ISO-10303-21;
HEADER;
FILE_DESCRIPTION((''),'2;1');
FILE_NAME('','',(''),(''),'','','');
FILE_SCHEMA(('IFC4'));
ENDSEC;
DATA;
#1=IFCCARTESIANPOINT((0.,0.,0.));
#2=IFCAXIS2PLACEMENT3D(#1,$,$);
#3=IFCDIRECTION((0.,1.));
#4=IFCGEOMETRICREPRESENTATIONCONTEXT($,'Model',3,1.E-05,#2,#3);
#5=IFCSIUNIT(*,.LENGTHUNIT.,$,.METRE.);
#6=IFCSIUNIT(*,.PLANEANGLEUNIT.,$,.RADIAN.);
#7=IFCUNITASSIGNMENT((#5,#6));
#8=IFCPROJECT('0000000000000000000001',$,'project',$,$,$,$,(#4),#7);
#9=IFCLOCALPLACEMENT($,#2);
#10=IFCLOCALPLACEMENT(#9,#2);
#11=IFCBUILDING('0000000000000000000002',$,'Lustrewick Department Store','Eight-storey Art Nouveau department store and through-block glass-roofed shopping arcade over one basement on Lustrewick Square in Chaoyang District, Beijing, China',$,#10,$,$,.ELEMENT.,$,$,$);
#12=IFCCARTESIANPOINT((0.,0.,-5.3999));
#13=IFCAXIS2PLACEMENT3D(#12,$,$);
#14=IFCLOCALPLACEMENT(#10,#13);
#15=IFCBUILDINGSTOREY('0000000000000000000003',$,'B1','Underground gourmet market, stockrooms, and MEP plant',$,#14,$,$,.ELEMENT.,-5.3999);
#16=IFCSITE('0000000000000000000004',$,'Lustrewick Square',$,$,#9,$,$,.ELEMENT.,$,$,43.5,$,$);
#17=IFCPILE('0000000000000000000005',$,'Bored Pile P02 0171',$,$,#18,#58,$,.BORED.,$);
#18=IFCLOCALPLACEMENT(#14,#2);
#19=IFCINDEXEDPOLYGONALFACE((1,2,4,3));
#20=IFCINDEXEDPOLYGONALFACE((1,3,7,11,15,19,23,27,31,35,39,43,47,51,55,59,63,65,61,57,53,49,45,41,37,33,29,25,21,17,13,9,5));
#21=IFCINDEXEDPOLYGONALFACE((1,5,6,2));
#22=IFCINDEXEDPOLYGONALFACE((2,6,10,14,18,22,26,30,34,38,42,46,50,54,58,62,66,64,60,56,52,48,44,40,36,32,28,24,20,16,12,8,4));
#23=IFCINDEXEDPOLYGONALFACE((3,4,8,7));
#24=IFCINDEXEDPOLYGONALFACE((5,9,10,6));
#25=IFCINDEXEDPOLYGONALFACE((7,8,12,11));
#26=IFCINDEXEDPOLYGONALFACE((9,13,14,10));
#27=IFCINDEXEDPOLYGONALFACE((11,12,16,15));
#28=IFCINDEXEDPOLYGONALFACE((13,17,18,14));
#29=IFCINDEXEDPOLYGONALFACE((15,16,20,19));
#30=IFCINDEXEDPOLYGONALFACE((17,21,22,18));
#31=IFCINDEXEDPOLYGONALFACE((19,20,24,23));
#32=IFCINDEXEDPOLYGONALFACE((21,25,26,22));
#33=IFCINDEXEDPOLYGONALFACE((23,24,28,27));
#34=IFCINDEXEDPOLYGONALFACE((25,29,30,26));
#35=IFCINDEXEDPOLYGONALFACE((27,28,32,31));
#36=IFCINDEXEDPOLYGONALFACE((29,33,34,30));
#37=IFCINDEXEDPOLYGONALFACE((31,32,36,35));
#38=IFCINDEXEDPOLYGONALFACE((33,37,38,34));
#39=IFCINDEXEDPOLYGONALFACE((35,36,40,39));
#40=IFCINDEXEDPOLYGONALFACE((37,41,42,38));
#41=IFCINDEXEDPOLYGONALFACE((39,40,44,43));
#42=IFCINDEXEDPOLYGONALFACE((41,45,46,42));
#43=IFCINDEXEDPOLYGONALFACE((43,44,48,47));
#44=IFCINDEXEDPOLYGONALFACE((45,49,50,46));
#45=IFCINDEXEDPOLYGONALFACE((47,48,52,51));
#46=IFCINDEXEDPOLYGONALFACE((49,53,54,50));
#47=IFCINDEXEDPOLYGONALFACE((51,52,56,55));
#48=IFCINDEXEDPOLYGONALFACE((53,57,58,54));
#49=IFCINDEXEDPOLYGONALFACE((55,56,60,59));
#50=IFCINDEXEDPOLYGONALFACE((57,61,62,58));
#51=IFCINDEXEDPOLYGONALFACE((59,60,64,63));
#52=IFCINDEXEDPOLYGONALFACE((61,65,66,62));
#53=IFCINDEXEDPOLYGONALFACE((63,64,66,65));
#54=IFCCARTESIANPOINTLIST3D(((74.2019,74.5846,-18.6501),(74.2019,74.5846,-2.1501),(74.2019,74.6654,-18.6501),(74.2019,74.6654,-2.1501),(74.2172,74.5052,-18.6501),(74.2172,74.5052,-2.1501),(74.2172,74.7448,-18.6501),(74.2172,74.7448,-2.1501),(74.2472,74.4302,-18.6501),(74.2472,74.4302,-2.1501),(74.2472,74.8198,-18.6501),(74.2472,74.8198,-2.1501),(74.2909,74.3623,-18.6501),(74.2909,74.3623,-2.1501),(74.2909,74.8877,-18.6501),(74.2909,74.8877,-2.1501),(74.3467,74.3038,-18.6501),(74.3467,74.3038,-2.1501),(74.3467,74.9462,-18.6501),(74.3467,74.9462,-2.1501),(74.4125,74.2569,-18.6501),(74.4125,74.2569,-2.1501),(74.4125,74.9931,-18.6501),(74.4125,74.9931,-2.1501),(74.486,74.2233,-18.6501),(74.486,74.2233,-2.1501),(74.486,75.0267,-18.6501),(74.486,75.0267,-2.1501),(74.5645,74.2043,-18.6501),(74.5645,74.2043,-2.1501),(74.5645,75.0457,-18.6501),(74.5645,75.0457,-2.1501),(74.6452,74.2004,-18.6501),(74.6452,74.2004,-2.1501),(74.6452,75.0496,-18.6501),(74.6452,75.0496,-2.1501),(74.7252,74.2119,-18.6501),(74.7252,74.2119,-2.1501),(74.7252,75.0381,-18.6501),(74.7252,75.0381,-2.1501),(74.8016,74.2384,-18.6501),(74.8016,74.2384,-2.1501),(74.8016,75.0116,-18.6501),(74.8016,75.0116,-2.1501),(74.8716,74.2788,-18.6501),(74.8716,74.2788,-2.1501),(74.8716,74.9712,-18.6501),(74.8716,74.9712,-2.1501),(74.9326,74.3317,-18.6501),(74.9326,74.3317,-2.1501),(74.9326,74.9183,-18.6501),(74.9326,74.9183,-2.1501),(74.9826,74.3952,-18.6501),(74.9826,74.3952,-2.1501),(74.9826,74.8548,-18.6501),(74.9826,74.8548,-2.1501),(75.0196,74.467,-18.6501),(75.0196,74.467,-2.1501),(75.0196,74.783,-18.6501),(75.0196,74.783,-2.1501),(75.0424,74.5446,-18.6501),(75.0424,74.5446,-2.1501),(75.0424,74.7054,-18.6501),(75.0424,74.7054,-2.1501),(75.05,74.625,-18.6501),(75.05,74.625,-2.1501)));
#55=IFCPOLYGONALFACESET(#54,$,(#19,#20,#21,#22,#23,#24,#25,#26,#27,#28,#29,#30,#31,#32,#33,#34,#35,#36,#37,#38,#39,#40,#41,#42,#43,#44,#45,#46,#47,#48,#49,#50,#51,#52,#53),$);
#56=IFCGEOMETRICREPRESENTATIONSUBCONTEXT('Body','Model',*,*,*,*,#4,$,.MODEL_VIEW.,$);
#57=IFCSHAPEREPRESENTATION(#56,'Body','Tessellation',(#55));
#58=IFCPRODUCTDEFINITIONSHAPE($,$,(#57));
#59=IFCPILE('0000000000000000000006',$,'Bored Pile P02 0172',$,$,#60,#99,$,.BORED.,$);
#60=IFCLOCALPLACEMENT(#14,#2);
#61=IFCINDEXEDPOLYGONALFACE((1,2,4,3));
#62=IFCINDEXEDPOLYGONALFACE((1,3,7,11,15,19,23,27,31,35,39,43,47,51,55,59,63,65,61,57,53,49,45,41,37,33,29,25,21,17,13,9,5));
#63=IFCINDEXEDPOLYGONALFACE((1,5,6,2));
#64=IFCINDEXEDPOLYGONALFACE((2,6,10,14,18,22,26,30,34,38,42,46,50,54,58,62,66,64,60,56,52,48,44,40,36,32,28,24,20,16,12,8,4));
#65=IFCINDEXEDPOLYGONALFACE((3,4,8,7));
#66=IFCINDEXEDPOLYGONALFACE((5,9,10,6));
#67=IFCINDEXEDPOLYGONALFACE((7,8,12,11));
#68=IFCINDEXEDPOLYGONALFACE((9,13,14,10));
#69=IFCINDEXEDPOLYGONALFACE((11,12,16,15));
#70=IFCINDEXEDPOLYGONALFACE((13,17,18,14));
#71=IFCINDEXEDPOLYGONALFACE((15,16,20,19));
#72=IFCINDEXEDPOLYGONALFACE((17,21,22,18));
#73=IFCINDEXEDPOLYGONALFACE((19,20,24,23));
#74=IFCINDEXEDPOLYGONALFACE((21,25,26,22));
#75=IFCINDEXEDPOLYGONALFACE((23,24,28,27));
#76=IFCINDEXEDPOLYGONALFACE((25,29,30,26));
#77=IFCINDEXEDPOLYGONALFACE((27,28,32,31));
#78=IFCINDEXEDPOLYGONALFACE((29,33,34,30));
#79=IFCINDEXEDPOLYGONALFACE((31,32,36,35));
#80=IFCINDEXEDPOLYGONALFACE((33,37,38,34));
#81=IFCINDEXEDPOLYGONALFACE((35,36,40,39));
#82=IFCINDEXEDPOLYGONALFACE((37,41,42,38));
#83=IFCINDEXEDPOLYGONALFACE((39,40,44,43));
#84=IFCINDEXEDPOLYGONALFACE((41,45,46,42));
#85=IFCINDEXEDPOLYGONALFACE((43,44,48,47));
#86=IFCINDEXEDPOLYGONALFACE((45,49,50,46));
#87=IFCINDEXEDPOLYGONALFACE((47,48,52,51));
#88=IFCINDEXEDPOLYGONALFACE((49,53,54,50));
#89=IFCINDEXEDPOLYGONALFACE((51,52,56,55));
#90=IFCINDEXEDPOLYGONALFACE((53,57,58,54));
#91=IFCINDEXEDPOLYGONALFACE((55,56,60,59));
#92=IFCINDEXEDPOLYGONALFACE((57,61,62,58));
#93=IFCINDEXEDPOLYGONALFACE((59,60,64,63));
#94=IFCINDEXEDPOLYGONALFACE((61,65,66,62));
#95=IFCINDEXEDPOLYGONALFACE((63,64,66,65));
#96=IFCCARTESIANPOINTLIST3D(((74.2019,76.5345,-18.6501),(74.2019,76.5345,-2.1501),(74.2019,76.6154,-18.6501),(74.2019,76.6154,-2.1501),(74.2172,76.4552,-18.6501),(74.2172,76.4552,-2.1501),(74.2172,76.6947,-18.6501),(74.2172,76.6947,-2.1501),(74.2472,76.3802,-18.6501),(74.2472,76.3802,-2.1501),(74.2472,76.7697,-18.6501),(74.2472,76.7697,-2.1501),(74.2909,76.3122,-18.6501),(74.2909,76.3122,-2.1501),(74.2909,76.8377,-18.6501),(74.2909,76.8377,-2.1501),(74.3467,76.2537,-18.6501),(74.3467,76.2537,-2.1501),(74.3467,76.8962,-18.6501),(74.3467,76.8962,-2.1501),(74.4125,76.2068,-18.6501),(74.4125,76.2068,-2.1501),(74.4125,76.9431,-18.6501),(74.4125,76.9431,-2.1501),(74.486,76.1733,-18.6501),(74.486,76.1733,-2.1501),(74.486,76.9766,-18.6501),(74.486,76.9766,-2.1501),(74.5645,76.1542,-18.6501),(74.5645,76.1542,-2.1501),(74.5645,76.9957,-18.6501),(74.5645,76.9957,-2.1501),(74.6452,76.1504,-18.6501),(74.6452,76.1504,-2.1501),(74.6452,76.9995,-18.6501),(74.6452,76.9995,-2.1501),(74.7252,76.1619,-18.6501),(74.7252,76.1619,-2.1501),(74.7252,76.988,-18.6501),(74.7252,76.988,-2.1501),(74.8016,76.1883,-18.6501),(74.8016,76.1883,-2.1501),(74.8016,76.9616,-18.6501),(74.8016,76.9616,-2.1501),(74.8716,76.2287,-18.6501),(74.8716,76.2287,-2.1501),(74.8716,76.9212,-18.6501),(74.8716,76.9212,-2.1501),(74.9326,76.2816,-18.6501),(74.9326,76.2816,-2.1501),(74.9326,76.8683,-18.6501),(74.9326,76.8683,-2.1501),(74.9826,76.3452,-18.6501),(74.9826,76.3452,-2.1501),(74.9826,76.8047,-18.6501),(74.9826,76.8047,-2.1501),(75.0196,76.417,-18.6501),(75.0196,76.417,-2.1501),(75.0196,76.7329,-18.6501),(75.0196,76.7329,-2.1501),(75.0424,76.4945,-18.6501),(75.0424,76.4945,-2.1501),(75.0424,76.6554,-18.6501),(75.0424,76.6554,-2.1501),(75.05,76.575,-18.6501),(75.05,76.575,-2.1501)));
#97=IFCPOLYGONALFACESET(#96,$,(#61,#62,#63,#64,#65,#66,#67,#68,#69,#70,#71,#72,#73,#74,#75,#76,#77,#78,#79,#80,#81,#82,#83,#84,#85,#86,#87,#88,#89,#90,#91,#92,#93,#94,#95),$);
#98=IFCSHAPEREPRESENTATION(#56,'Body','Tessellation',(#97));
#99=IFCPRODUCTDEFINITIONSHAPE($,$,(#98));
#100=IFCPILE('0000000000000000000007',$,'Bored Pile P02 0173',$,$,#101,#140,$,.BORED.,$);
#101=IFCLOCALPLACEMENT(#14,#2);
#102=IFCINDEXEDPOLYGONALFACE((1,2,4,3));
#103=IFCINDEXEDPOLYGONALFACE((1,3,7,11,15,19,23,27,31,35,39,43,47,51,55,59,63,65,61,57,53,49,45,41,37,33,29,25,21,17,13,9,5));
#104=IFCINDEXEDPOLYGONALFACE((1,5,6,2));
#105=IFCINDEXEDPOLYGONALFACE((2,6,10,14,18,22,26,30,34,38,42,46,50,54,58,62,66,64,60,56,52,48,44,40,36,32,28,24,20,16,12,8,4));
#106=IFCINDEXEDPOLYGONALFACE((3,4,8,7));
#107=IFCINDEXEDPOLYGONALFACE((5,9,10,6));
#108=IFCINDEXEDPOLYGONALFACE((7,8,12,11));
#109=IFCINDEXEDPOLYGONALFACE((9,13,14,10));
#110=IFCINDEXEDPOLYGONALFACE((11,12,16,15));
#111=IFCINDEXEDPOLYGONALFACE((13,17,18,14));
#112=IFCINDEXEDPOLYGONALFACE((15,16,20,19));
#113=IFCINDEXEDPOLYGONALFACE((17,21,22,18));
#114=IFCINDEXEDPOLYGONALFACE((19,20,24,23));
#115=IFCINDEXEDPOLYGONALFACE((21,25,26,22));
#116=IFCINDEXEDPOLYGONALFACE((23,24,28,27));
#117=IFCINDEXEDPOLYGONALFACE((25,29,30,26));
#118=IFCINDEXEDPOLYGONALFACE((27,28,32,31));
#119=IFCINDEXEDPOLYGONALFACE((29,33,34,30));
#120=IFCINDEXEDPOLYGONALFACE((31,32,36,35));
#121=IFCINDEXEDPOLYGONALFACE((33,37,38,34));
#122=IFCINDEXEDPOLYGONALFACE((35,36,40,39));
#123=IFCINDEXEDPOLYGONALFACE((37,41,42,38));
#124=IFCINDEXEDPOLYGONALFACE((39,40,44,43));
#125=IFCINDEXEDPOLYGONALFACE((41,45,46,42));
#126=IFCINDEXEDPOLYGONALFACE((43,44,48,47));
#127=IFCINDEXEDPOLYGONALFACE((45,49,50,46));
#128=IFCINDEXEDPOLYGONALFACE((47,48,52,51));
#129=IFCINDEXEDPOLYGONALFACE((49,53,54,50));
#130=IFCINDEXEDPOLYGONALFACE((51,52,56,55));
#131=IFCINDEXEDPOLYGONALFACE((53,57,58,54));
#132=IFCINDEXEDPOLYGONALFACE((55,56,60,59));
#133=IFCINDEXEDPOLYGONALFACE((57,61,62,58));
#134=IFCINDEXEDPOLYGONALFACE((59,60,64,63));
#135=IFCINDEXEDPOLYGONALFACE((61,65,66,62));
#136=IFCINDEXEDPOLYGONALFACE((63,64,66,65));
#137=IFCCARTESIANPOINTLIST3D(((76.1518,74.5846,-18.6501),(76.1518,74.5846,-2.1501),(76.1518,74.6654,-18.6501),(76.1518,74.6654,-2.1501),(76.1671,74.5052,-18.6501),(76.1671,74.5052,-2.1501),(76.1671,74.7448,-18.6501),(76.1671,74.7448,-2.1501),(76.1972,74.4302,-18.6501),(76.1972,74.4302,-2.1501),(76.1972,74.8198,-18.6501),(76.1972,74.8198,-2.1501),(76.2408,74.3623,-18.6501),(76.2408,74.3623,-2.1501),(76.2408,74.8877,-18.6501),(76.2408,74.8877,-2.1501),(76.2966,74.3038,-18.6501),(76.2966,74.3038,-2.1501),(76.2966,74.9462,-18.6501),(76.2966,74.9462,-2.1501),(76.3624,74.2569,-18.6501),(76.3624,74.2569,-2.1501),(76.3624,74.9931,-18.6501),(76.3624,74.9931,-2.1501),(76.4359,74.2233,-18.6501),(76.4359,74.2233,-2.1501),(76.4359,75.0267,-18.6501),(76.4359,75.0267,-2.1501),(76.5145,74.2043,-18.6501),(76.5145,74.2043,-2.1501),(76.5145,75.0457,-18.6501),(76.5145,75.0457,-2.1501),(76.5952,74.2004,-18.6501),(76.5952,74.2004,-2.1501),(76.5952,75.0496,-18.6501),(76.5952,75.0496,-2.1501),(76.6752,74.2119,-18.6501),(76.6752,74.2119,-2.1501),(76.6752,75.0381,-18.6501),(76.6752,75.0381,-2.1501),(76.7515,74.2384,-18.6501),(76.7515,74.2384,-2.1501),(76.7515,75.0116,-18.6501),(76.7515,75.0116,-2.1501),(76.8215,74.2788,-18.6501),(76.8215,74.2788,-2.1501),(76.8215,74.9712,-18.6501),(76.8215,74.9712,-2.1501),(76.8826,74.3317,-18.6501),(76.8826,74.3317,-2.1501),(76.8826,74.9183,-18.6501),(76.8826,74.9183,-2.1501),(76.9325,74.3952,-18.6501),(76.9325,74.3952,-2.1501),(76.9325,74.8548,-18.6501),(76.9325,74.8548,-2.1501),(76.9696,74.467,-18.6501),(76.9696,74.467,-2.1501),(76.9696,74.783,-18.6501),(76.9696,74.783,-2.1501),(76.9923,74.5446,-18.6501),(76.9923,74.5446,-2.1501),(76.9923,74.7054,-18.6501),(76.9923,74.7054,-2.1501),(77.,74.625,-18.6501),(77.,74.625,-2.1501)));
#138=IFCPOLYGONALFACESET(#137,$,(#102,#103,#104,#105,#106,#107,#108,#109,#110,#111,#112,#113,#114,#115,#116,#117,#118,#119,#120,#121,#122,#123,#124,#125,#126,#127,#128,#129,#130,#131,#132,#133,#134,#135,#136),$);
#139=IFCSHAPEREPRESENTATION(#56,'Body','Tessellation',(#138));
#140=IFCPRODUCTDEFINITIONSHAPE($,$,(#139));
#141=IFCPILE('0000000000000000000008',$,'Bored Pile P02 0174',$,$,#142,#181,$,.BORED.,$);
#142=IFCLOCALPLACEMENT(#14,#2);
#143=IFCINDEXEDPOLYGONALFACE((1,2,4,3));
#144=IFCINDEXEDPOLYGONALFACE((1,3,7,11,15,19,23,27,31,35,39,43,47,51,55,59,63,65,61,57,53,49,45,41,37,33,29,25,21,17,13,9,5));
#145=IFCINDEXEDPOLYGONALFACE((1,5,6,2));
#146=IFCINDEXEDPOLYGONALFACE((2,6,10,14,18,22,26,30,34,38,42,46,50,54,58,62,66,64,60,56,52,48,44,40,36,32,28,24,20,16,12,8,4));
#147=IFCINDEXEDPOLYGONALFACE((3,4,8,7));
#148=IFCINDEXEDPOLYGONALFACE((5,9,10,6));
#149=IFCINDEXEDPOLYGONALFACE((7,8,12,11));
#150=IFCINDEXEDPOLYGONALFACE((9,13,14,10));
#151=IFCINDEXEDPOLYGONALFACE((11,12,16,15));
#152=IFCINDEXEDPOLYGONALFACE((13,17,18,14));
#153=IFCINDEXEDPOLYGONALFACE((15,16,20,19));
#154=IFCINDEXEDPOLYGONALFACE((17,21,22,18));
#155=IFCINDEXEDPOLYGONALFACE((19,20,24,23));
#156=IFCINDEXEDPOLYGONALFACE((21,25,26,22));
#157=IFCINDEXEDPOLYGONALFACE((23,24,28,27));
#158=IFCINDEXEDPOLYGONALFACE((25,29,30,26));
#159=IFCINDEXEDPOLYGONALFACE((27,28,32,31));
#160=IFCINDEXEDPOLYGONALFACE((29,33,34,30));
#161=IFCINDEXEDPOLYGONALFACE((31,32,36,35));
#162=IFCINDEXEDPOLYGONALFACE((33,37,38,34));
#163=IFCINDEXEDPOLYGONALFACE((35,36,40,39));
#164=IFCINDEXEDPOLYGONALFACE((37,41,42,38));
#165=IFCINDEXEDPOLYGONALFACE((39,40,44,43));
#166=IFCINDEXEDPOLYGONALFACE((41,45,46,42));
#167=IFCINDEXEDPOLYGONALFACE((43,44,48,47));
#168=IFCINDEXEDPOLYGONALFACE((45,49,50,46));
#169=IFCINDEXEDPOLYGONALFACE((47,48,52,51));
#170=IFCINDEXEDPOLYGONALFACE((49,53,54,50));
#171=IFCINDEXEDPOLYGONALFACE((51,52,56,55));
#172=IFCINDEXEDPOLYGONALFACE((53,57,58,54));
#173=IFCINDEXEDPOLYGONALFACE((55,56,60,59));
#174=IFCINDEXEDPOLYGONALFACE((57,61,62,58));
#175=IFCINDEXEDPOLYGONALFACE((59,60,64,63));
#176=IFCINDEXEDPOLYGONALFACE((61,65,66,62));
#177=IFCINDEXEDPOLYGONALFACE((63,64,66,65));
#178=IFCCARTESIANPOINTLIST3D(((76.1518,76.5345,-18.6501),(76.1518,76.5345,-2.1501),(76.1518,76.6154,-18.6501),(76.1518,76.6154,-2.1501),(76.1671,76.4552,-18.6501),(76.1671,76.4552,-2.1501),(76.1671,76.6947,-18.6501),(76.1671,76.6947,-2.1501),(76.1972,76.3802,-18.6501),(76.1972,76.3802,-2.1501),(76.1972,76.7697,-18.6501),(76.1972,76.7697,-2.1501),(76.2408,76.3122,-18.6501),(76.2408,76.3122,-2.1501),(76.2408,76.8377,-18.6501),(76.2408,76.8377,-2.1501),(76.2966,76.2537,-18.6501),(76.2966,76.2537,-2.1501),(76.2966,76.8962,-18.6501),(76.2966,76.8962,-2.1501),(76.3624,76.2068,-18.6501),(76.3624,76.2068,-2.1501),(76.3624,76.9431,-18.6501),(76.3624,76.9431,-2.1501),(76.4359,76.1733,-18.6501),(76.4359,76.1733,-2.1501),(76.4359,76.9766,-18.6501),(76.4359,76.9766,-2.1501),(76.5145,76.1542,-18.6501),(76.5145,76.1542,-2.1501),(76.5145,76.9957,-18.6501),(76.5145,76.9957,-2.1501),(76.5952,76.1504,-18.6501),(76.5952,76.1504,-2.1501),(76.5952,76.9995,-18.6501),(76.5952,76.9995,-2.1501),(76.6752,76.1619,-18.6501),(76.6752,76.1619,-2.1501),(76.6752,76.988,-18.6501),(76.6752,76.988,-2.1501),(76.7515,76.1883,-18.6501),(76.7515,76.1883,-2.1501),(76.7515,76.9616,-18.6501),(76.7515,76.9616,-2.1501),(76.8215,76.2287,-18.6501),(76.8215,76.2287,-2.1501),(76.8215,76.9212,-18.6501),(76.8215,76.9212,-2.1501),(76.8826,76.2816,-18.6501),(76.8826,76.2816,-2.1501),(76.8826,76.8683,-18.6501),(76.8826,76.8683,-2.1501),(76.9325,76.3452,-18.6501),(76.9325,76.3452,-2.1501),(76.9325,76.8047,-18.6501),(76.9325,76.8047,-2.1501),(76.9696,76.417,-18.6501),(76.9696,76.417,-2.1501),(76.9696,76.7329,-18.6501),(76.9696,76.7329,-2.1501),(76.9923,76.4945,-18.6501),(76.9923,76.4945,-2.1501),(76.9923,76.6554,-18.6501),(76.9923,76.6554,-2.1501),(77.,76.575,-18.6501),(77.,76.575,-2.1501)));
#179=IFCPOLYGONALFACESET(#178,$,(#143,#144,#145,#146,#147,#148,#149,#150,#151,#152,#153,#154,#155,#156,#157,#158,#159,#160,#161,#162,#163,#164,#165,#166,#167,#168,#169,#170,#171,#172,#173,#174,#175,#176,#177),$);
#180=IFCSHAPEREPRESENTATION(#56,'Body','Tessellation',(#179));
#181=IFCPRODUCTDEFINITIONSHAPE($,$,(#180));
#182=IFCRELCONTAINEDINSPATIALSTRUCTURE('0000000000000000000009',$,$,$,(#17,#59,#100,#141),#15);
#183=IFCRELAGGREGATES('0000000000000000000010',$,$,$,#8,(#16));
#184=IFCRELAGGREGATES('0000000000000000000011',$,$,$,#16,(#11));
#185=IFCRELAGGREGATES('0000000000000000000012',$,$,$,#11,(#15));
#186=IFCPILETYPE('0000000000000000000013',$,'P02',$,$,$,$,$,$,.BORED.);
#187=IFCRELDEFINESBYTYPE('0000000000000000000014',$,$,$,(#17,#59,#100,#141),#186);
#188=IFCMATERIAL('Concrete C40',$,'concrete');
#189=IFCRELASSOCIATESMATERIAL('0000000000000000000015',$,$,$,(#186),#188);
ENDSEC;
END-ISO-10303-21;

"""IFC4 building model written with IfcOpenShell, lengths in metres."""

from ifc_helpers import new_model, si_unit, direction, frame, origin, origin_2d, place, context, subcontext, project, spatial, circle, extrude, material, material_profile, profile_set, type_object, element, save


model = new_model("IFC4")

# Units and contexts
model_context = context("Model", 3, precision=1e-05, world=origin(), true_north=direction((0.0, 1.0)))
body_context = subcontext(model_context, "Body", "Model", "MODEL_VIEW")
ifc_project = project(units=[si_unit("LENGTHUNIT", "METRE"), si_unit("PLANEANGLEUNIT", "RADIAN")], contexts=[model_context])

# Site, building, storey
site_placement = place(None, origin())
site = spatial("IfcSite", under=ifc_project, at=site_placement, Name="Lustrewick Square", CompositionType="ELEMENT", RefElevation=43.5)
building_placement = place(site_placement, origin())
building = spatial("IfcBuilding", under=site, at=building_placement, Name="Lustrewick Department Store", Description="Eight-storey Art Nouveau department store and through-block glass-roofed shopping arcade over one basement on Lustrewick Square in Chaoyang District, Beijing, China", CompositionType="ELEMENT")
storey_placement = place(building_placement, frame((0.0, 0.0, -5.3999)))
storey = spatial("IfcBuildingStorey", under=building, at=storey_placement, Name="B1", Description="Underground gourmet market, stockrooms, and MEP plant", CompositionType="ELEMENT", Elevation=-5.3999)

# Piles
ifc_material_1 = material(Name="Concrete C40", Category="concrete")
ifc_material_profile_1 = material_profile(ifc_material_1, circle(Radius=0.425, at=origin_2d()), Name="PILE D850")
ifc_profile_set_1 = profile_set([ifc_material_profile_1], Name="Concrete C40")
pile_type_1 = type_object("IfcPileType", Name="P02", PredefinedType="BORED", material=ifc_profile_set_1)
for number, where, z_axis, x_axis, name in (
    (1, (74.625, 74.625, -2.1501), (0.0, 0.0, -1.0), (1.0, 0.0, 0.0), "Bored Pile P02 0171"),
    (2, (74.625, 76.575, -2.1501), (0.0, 0.0, -1.0), (1.0, 0.0, 0.0), "Bored Pile P02 0172"),
    (3, (76.575, 74.625, -2.1501), (0.0, 0.0, -1.0), (1.0, 0.0, 0.0), "Bored Pile P02 0173"),
    (4, (76.575, 76.575, -2.1501), (0.0, 0.0, -1.0), (1.0, 0.0, 0.0), "Bored Pile P02 0174"),
):
    element("IfcPile", number, at=place(storey_placement, frame(where, z_axis=z_axis, x_axis=x_axis)), inside=storey, type_object=pile_type_1, Name=name, PredefinedType="BORED", context=body_context, shape_type="SweptSolid", body=[
        extrude(circle(Radius=0.425, at=origin_2d()), origin(), (0.0, 0.0, 1.0), 16.5),
    ])

save(model, "model.ifc")
